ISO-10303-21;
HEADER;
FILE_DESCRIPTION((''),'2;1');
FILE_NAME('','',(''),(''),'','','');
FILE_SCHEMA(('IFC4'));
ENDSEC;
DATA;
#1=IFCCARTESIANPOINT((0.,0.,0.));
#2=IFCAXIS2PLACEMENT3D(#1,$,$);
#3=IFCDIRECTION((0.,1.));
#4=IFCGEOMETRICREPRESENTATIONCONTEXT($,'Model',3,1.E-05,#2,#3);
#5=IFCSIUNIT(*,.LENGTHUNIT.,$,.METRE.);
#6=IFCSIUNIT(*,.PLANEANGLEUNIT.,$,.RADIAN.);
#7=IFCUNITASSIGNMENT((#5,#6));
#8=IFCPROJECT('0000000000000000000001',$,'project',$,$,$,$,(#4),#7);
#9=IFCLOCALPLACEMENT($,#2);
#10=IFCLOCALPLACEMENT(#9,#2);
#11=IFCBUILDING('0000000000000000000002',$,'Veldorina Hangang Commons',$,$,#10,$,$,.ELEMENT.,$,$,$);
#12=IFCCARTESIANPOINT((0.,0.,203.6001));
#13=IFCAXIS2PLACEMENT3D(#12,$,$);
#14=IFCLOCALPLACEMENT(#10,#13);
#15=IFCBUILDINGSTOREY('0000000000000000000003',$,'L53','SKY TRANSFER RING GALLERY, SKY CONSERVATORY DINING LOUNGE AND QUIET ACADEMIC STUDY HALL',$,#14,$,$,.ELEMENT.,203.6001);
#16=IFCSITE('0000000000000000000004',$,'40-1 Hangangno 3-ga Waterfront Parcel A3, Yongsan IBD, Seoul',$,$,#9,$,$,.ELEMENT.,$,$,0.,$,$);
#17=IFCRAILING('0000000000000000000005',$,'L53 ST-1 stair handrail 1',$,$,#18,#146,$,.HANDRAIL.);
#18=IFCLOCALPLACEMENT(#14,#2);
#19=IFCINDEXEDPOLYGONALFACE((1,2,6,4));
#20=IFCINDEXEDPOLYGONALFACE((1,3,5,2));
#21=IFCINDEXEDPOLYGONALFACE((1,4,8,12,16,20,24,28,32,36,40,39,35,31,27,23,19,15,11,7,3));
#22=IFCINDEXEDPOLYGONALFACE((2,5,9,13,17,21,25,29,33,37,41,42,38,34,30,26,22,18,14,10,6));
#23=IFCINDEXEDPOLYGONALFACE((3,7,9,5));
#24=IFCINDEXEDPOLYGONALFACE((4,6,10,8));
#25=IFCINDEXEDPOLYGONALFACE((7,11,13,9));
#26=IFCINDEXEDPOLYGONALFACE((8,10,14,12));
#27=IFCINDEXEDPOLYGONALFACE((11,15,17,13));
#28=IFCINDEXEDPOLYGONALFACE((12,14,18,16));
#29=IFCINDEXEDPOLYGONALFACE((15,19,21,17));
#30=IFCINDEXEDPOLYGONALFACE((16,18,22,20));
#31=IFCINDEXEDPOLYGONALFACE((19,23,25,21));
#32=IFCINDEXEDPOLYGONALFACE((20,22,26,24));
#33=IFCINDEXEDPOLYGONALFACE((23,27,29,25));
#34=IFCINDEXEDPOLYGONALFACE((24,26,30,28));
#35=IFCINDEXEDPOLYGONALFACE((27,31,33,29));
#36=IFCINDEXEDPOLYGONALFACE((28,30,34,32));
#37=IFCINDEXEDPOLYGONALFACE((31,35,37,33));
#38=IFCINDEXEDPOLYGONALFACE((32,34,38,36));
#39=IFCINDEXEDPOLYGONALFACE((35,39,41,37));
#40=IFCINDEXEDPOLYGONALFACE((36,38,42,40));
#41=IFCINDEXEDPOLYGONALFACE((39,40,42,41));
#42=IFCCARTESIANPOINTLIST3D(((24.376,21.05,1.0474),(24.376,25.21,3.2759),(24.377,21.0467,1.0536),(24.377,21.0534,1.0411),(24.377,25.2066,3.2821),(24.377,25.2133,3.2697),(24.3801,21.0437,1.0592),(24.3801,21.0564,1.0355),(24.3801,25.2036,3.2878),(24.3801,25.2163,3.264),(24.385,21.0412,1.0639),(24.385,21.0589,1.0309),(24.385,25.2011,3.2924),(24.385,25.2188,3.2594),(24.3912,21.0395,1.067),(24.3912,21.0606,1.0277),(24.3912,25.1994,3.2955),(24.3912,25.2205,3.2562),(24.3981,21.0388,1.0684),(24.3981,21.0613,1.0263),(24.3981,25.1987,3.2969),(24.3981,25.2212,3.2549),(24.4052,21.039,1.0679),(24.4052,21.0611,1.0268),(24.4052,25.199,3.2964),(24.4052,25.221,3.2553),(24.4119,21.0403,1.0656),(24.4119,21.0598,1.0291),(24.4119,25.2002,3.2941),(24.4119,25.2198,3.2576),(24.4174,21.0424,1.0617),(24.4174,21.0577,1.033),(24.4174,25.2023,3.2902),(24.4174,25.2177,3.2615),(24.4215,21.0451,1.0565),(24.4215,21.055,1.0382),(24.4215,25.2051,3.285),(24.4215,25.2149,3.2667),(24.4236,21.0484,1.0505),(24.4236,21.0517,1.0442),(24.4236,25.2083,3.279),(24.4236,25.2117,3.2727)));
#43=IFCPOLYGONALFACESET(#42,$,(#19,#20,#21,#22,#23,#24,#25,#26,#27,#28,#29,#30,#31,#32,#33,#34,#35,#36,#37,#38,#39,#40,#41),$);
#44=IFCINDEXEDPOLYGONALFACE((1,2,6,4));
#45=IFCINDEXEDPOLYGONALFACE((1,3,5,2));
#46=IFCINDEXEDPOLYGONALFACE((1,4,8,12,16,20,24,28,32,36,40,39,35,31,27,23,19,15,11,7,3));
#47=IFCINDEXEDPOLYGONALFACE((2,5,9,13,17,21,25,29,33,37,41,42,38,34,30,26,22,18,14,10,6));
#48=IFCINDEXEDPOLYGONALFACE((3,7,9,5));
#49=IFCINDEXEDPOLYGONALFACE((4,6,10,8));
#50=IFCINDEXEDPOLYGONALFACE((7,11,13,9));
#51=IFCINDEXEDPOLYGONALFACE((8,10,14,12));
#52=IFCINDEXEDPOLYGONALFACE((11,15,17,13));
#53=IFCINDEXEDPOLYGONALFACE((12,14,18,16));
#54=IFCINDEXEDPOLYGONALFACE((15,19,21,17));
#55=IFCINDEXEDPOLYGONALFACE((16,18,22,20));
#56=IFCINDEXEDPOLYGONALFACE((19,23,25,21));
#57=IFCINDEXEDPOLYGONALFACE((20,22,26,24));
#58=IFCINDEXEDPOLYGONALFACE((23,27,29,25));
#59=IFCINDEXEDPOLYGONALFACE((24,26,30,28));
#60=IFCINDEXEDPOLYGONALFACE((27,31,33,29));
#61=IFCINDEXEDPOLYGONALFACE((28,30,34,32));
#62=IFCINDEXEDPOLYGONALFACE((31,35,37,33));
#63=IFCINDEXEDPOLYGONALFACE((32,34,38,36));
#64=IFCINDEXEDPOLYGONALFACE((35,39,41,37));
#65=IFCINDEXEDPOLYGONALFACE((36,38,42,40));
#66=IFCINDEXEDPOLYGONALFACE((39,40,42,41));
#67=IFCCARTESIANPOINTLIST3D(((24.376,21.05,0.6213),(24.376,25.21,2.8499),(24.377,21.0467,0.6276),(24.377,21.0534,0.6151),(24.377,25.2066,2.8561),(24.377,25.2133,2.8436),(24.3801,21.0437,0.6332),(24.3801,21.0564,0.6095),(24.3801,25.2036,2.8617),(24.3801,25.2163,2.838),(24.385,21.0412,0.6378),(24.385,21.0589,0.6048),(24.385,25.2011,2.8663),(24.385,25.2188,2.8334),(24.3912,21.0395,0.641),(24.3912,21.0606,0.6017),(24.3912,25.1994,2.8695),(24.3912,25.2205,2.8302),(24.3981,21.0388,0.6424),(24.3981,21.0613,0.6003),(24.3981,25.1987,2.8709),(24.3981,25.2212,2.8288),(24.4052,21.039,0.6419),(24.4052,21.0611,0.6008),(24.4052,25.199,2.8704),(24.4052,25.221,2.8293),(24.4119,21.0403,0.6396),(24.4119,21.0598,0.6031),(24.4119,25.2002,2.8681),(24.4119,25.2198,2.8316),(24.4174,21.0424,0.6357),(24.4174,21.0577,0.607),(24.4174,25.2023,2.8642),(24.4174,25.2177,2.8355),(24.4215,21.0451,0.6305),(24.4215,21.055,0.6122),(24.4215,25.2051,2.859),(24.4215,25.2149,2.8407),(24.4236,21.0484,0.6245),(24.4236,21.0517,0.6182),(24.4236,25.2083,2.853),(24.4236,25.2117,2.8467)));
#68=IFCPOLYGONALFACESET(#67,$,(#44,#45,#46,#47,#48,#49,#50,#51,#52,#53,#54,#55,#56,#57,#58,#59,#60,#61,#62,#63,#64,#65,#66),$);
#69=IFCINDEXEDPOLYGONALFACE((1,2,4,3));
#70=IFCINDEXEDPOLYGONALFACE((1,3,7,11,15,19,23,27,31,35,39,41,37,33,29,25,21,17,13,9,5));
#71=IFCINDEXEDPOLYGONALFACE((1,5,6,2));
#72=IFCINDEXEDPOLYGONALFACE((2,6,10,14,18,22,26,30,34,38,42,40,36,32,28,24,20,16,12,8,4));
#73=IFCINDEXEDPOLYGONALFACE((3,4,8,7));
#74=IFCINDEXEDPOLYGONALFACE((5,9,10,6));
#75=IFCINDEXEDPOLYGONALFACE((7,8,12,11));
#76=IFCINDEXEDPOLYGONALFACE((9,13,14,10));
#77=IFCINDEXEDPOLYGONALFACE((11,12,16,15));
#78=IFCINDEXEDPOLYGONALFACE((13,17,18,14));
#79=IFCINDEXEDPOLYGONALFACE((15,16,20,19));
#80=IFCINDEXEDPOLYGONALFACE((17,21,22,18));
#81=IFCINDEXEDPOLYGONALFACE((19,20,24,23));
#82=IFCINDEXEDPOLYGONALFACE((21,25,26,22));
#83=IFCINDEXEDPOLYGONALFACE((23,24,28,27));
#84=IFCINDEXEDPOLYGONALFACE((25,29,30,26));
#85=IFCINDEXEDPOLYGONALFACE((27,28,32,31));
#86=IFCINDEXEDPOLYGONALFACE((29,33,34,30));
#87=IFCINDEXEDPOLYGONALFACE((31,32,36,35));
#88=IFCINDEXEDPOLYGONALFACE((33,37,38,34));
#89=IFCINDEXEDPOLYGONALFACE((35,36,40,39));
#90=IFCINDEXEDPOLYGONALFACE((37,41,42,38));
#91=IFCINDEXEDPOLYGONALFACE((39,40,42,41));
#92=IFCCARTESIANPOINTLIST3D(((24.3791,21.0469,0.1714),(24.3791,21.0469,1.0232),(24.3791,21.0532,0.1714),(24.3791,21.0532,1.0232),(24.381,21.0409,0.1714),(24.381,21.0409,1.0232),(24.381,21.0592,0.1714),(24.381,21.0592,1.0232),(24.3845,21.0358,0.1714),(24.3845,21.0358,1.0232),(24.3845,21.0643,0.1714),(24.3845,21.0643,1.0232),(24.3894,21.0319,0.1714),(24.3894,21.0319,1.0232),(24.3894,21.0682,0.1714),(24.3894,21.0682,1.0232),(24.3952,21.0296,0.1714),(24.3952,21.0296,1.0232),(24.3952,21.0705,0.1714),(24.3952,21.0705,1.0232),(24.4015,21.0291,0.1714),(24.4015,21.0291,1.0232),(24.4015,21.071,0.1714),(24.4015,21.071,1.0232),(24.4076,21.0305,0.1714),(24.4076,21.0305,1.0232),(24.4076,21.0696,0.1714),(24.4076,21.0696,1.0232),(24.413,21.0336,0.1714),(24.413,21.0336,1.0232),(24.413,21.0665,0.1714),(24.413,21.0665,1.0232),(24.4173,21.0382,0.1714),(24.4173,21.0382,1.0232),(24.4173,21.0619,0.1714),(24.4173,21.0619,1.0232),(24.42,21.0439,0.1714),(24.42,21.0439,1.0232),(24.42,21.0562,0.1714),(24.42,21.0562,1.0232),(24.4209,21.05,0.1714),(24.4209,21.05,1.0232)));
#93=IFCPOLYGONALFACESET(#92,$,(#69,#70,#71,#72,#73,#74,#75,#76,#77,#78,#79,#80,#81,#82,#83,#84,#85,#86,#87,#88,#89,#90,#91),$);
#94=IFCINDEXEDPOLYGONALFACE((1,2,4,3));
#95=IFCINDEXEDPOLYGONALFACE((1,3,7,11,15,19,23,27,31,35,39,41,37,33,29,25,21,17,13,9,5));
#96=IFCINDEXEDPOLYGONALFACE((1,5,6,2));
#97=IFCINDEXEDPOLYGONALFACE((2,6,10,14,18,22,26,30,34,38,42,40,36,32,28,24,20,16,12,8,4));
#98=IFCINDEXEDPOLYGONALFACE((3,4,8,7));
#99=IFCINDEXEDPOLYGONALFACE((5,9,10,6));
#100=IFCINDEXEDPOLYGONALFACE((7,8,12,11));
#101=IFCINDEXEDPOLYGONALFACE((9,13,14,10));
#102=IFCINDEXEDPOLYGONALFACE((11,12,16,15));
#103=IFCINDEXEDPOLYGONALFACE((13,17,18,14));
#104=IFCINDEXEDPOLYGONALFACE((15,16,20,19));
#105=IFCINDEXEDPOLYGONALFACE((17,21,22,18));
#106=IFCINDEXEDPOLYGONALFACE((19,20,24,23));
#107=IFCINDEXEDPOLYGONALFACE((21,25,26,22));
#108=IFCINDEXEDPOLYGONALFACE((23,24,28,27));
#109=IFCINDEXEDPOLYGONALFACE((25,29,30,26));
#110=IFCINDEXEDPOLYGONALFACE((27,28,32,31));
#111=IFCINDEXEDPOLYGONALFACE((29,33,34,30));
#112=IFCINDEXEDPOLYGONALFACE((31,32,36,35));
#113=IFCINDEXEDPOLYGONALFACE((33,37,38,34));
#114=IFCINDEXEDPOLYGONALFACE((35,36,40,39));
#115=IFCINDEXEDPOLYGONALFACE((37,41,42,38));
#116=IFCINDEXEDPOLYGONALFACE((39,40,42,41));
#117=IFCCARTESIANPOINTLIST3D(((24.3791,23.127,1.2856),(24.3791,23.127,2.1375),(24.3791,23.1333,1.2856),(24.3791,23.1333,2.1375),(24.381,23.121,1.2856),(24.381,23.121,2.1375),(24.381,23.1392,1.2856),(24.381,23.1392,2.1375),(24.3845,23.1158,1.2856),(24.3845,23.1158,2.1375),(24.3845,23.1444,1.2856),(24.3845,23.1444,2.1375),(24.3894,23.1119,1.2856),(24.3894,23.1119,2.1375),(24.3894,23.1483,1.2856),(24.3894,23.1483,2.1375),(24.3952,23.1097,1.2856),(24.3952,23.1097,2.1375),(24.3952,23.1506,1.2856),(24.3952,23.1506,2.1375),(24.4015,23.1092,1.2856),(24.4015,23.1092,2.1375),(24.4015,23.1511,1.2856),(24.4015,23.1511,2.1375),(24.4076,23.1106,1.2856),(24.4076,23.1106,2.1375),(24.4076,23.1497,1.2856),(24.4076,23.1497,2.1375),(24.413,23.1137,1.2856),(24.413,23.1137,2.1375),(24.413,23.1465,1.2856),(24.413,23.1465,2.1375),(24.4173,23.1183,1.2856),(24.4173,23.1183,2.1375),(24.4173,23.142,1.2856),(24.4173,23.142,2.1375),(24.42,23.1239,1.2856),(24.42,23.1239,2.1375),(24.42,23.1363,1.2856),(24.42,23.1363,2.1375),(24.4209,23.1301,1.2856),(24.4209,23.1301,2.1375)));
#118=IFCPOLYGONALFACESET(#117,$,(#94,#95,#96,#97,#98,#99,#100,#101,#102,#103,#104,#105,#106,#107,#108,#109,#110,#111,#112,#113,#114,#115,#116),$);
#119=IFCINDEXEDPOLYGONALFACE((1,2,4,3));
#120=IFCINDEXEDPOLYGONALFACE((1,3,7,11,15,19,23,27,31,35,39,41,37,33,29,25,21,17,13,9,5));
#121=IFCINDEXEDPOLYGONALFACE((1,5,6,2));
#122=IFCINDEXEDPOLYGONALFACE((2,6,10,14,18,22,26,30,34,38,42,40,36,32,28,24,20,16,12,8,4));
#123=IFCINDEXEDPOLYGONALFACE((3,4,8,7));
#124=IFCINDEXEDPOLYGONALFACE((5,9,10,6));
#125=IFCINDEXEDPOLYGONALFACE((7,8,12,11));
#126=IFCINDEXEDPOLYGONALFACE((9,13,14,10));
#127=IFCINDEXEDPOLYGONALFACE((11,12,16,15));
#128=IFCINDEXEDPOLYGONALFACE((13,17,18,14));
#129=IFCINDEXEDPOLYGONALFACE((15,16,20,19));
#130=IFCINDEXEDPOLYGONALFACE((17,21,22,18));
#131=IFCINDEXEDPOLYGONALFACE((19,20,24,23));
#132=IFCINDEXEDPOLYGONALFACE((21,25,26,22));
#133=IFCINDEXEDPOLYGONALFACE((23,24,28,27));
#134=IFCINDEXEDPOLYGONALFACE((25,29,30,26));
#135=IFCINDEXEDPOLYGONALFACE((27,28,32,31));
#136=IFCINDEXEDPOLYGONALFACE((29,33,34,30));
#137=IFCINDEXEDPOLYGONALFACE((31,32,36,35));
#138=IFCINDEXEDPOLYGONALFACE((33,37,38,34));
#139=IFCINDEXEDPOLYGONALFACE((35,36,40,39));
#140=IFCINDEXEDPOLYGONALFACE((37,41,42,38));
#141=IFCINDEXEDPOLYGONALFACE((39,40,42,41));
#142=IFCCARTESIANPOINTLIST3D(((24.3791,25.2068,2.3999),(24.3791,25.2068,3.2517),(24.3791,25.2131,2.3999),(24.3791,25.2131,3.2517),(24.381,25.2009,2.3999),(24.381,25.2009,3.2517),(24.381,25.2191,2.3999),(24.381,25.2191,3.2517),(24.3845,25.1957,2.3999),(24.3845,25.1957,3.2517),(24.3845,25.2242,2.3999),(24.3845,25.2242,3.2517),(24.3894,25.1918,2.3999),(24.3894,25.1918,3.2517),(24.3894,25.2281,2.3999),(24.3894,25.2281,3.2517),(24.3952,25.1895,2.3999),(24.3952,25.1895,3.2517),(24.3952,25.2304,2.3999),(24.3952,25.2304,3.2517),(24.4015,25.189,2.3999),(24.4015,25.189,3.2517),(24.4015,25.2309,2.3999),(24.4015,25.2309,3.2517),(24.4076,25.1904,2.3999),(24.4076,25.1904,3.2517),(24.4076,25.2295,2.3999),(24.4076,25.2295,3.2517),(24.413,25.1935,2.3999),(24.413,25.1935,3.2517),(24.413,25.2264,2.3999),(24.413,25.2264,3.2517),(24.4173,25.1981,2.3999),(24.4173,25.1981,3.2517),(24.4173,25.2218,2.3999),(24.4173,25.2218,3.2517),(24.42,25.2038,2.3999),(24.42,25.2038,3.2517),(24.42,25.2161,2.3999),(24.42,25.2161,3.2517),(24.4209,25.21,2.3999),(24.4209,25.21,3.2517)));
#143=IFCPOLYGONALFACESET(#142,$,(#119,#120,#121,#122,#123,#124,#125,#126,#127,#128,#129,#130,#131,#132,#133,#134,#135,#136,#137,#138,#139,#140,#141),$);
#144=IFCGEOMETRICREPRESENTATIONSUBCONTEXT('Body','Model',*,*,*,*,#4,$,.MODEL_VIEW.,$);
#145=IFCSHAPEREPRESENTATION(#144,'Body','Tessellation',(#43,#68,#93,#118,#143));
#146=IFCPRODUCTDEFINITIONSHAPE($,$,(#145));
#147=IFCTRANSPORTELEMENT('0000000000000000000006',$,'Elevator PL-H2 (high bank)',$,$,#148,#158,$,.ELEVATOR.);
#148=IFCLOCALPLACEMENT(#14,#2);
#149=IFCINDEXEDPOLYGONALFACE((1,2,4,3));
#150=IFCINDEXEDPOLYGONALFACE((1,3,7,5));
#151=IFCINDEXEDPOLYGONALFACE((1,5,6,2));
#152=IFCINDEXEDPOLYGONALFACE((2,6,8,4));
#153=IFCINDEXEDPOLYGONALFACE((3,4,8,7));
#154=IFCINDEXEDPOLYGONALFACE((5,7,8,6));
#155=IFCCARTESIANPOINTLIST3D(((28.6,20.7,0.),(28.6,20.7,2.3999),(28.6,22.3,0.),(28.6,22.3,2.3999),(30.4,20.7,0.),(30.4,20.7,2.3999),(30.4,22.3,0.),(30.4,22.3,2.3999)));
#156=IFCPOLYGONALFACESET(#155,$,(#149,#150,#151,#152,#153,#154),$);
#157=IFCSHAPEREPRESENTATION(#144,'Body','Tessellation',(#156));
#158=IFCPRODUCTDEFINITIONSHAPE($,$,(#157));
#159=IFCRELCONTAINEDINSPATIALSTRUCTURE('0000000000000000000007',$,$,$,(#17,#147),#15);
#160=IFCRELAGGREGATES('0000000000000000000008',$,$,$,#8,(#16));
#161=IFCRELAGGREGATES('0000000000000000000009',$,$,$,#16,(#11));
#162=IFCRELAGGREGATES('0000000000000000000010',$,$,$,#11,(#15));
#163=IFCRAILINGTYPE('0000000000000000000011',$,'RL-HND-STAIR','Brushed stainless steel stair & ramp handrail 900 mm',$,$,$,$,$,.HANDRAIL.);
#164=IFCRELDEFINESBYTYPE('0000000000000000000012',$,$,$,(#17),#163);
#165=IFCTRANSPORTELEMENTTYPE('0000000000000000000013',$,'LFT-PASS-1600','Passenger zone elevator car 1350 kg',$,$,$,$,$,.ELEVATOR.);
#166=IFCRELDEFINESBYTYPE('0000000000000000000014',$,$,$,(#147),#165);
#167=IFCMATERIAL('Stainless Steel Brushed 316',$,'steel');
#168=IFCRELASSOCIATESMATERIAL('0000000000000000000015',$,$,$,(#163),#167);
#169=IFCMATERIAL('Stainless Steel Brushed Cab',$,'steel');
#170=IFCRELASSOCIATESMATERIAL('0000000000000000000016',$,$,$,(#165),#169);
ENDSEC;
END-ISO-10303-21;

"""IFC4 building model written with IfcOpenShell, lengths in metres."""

from ifc_helpers import new_model, si_unit, direction, frame, origin, origin_2d, place, context, subcontext, project, spatial, rectangle, circle, extrude, material, type_object, element, save


model = new_model("IFC4")

# Units and contexts
model_context = context("Model", 3, precision=1e-05, world=origin(), true_north=direction((0.0, 1.0)))
body_context = subcontext(model_context, "Body", "Model", "MODEL_VIEW")
ifc_project = project(units=[si_unit("LENGTHUNIT", "METRE"), si_unit("PLANEANGLEUNIT", "RADIAN")], contexts=[model_context])

# Site, building, storey
site_placement = place(None, origin())
site = spatial("IfcSite", under=ifc_project, at=site_placement, Name="40-1 Hangangno 3-ga Waterfront Parcel A3, Yongsan IBD, Seoul", CompositionType="ELEMENT", RefElevation=0.0)
building_placement = place(site_placement, origin())
building = spatial("IfcBuilding", under=site, at=building_placement, Name="Veldorina Hangang Commons", CompositionType="ELEMENT")
storey_placement = place(building_placement, frame((0.0, 0.0, 203.6001)))
storey = spatial("IfcBuildingStorey", under=building, at=storey_placement, Name="L53", Description="SKY TRANSFER RING GALLERY, SKY CONSERVATORY DINING LOUNGE AND QUIET ACADEMIC STUDY HALL", CompositionType="ELEMENT", Elevation=203.6001)

# Railing
ifc_material_1 = material(Name="Stainless Steel Brushed 316", Category="steel")
railing_type_1 = type_object("IfcRailingType", Name="RL-HND-STAIR", Description="Brushed stainless steel stair & ramp handrail 900 mm", PredefinedType="HANDRAIL", material=ifc_material_1)
railing_1_placement = place(storey_placement, frame((24.3999, 21.05, 0.1714)))
element("IfcRailing", 1, at=railing_1_placement, inside=storey, type_object=railing_type_1, Name="L53 ST-1 stair handrail 1", PredefinedType="HANDRAIL", context=body_context, shape_type="SweptSolid", body=[
    extrude(circle(Radius=0.0239, at=origin_2d()), frame((0.0, 0.0, 0.876), z_axis=(0.0, 0.881481, 0.47222), x_axis=(-1.0, 0.0, 0.0)), (0.0, 0.0, 1.0), 4.7192),
    extrude(circle(Radius=0.0239, at=origin_2d()), frame((0.0, 0.0, 0.45), z_axis=(0.0, 0.881481, 0.47222), x_axis=(-1.0, 0.0, 0.0)), (0.0, 0.0, 1.0), 4.7192),
    extrude(circle(Radius=0.021, at=origin_2d()), origin(), (0.0, 0.0, 1.0), 0.8518),
    extrude(circle(Radius=0.021, at=origin_2d()), frame((0.0, 2.0801, 1.1143)), (0.0, 0.0, 1.0), 0.8518),
    extrude(circle(Radius=0.021, at=origin_2d()), frame((0.0, 4.1599, 2.2285)), (0.0, 0.0, 1.0), 0.8518),
])

# Transport element
ifc_material_2 = material(Name="Stainless Steel Brushed Cab", Category="steel")
transport_element_type = type_object("IfcTransportElementType", Name="LFT-PASS-1600", Description="Passenger zone elevator car 1350 kg", PredefinedType="ELEVATOR", material=ifc_material_2)
transport_element_placement = place(storey_placement, frame((29.5, 21.5, 0.0), z_axis=(0.0, 0.0, 1.0), x_axis=(1.0, 0.0, 0.0)))
element("IfcTransportElement", 2, at=transport_element_placement, inside=storey, type_object=transport_element_type, Name="Elevator PL-H2 (high bank)", PredefinedType="ELEVATOR", context=body_context, shape_type="SweptSolid", body=[
    extrude(rectangle(XDim=1.8, YDim=1.6001, at=origin_2d()), origin(), (0.0, 0.0, 1.0), 2.3999),
])

save(model, "model.ifc")
